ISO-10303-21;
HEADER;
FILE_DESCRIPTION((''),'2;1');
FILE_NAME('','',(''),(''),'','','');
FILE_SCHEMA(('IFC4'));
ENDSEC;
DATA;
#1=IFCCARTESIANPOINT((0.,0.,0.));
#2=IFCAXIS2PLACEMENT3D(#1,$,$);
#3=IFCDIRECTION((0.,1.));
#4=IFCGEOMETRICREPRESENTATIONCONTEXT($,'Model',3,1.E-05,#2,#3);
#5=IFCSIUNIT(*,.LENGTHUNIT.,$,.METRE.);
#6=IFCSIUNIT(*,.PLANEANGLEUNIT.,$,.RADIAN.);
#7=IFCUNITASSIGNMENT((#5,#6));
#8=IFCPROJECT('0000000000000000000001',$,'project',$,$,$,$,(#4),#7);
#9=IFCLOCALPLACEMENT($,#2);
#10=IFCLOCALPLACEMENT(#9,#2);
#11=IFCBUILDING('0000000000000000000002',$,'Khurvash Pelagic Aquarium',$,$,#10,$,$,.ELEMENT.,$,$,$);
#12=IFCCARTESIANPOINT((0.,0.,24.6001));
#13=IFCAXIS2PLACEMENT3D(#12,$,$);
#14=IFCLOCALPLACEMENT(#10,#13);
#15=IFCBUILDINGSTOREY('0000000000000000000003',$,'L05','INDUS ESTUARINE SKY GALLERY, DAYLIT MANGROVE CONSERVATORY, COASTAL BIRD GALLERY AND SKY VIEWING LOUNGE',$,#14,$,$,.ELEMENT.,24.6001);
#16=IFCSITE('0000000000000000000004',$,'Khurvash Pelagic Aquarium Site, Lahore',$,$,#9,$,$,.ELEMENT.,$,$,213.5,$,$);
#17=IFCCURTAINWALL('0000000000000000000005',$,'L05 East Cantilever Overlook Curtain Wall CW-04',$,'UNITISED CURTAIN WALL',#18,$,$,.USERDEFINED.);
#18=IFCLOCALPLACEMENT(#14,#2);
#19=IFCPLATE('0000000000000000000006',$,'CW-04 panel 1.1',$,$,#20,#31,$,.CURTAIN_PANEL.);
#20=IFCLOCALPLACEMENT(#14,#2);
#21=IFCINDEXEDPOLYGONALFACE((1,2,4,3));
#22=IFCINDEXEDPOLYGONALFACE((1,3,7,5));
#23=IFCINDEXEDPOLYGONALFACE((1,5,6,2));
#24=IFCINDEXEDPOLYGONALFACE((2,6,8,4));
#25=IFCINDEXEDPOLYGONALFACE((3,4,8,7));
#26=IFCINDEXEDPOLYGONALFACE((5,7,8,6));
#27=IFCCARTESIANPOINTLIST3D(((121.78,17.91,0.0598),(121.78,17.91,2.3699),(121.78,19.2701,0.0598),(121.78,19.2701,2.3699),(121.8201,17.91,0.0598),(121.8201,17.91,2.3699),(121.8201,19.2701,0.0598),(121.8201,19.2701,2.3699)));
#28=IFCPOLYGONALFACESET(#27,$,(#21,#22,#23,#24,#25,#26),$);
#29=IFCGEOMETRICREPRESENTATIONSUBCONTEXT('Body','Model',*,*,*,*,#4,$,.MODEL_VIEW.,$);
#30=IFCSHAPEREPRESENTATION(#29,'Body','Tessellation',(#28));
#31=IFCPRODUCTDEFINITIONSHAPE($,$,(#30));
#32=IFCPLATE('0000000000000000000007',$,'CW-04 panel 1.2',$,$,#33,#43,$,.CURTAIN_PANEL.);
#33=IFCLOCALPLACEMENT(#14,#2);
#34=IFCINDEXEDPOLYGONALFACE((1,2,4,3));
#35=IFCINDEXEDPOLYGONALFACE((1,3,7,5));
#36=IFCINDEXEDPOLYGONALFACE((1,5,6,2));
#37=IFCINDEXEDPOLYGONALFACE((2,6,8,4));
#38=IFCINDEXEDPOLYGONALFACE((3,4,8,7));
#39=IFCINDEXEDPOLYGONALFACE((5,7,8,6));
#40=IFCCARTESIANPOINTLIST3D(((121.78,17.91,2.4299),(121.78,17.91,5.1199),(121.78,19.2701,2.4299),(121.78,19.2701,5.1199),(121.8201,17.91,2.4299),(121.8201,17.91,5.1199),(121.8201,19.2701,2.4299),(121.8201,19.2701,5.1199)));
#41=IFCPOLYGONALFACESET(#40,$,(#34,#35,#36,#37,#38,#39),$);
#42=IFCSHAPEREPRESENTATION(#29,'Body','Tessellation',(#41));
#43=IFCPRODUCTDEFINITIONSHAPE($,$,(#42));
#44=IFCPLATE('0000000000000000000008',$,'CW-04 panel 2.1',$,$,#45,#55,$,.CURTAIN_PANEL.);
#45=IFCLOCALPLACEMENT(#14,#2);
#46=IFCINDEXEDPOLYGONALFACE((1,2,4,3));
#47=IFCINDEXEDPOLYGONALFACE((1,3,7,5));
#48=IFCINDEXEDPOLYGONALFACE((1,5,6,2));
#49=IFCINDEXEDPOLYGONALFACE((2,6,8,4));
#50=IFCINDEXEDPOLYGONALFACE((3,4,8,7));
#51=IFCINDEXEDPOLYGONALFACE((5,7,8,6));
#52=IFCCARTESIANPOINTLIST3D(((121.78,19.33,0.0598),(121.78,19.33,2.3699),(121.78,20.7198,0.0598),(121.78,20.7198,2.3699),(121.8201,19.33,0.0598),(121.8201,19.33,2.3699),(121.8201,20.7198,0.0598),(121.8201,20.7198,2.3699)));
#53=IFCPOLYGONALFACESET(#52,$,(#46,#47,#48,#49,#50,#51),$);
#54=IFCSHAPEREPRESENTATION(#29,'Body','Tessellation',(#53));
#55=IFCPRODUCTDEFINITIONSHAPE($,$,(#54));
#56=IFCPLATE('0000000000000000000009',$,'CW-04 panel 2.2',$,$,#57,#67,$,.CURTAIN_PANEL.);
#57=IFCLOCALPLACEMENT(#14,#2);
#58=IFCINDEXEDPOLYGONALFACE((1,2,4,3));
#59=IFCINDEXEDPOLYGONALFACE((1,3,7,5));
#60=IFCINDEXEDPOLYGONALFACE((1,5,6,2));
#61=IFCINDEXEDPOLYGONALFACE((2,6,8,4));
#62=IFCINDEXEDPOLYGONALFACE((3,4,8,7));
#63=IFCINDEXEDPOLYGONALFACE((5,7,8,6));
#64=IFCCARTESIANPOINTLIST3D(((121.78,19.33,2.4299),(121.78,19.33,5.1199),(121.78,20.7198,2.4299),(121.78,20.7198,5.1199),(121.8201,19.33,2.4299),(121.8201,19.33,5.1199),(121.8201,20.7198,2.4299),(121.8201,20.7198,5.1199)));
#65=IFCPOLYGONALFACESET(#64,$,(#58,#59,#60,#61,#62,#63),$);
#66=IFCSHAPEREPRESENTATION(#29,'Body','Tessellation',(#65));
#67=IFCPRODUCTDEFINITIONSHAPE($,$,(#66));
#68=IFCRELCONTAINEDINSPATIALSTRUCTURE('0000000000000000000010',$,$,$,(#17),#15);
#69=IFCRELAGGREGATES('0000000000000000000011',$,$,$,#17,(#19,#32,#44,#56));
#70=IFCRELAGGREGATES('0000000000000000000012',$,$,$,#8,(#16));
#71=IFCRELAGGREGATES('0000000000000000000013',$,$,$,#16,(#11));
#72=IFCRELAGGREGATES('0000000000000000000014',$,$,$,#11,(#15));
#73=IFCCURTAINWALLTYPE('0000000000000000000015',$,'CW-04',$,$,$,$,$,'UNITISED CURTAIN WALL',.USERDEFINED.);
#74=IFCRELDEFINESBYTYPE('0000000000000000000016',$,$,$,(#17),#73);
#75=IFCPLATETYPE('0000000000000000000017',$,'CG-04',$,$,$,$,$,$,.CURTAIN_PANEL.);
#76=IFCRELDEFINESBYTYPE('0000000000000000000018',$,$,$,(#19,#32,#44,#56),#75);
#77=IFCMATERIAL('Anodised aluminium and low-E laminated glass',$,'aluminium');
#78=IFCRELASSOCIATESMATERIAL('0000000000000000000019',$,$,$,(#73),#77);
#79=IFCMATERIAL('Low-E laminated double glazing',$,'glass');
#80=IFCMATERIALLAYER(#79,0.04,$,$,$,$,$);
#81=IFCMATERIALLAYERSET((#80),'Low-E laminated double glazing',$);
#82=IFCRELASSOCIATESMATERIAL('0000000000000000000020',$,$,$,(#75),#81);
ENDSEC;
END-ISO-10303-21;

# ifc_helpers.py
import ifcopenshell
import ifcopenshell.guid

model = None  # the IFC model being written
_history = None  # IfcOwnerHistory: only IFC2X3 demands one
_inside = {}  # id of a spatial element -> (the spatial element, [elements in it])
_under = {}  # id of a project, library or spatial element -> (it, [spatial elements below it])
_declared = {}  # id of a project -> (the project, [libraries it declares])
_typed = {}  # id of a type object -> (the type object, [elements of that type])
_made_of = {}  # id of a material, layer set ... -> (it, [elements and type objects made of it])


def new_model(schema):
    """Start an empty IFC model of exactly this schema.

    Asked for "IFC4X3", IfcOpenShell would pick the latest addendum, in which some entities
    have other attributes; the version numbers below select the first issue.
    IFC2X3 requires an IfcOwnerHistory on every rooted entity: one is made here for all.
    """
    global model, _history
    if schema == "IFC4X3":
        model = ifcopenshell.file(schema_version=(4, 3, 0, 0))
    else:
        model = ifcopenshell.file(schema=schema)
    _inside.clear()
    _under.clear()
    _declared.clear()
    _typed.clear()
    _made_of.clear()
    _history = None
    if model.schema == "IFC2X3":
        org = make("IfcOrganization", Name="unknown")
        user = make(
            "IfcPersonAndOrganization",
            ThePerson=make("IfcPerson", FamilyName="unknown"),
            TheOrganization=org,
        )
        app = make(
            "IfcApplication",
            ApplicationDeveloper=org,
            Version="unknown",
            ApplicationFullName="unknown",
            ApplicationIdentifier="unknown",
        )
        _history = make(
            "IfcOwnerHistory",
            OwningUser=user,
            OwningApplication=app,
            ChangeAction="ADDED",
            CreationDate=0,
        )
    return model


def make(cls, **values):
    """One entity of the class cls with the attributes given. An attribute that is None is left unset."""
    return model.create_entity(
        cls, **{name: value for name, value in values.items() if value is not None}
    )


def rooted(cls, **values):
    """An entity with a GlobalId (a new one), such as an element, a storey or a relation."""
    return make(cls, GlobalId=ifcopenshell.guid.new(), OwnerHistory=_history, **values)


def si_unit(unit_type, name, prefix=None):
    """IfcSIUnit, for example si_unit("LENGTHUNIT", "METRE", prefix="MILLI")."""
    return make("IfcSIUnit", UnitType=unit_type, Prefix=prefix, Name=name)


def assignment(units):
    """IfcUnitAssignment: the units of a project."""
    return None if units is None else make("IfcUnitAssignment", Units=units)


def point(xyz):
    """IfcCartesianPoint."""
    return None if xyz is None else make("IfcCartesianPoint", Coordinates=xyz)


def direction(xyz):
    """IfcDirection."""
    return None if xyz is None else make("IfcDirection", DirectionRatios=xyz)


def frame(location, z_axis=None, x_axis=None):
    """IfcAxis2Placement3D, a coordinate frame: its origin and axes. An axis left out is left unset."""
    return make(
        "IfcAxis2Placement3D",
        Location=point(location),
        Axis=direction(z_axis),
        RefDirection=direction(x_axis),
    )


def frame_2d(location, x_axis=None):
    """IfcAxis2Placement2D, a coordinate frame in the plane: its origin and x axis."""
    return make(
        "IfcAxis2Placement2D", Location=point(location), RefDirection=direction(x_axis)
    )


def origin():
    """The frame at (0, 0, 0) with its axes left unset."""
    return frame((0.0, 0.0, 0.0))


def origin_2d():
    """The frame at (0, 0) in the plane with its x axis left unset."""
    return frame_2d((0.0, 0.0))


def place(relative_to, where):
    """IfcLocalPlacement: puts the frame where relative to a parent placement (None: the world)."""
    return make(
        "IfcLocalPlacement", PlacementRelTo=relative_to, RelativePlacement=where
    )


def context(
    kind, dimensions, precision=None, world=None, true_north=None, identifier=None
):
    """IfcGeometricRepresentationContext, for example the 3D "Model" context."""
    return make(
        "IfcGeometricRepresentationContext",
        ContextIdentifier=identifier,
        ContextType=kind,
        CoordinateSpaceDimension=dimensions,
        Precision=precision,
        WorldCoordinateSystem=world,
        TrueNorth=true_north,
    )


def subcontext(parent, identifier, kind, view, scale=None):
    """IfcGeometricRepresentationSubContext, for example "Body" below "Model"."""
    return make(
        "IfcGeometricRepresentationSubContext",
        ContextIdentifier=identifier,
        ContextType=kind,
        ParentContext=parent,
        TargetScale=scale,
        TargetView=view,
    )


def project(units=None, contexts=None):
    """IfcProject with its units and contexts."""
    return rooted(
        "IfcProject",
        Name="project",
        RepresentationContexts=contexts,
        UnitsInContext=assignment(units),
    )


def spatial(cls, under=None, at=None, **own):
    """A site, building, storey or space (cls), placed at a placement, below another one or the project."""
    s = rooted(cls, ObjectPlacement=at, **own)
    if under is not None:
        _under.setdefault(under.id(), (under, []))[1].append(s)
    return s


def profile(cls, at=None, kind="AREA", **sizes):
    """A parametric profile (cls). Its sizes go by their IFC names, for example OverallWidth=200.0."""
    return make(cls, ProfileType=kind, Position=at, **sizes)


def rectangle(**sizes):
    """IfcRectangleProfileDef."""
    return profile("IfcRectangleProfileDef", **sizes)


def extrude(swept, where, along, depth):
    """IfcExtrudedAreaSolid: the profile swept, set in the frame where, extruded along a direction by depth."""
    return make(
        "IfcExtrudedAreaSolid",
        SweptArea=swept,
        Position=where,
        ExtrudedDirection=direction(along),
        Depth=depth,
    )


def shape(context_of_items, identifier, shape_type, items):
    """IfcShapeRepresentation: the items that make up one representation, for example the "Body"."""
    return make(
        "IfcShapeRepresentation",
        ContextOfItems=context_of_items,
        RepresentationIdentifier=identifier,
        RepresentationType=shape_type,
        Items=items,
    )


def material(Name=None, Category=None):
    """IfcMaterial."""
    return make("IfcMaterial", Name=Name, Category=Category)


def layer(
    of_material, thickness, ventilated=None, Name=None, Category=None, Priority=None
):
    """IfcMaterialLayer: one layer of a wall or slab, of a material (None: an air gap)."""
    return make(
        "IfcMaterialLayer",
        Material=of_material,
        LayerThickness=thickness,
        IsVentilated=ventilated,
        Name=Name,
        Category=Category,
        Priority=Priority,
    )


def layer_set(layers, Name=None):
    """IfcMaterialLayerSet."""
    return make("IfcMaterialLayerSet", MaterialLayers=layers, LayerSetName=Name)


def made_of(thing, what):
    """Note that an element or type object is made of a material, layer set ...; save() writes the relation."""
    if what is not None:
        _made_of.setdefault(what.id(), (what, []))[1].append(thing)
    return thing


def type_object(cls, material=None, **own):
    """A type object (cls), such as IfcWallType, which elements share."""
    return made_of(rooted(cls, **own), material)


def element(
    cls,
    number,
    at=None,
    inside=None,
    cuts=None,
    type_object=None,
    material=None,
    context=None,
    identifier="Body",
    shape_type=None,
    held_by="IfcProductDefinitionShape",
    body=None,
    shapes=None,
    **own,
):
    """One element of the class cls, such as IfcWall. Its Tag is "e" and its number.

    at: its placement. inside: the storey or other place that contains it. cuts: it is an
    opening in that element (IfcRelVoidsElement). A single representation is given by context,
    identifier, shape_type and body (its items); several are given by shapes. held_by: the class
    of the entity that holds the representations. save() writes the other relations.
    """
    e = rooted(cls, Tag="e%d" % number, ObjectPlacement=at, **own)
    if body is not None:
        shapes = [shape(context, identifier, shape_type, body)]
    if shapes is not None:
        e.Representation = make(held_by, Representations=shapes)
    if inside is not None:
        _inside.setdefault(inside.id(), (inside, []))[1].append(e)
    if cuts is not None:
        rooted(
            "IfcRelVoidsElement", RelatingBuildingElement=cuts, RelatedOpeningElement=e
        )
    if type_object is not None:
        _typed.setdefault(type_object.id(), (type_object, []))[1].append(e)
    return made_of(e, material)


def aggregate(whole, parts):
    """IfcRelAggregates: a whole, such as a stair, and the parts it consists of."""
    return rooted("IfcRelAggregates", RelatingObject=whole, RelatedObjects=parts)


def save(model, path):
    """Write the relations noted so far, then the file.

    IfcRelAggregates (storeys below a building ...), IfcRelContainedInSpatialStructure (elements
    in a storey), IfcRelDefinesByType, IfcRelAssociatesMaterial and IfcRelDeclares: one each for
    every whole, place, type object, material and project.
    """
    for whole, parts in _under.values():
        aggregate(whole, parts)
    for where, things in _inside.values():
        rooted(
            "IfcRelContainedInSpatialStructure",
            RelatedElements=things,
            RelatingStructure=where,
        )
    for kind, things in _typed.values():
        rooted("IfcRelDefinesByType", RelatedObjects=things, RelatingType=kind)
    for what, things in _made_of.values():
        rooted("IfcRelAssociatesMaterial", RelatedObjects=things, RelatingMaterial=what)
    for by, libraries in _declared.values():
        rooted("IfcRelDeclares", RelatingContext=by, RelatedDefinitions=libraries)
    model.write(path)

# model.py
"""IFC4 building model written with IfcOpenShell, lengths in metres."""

from ifc_helpers import new_model, si_unit, direction, frame, origin, origin_2d, place, context, subcontext, project, spatial, rectangle, extrude, material, layer, layer_set, type_object, element, aggregate, save


model = new_model("IFC4")

# Units and contexts
model_context = context("Model", 3, precision=1e-05, world=origin(), true_north=direction((0.0, 1.0)))
body_context = subcontext(model_context, "Body", "Model", "MODEL_VIEW")
ifc_project = project(units=[si_unit("LENGTHUNIT", "METRE"), si_unit("PLANEANGLEUNIT", "RADIAN")], contexts=[model_context])

# Site, building, storey
site_placement = place(None, origin())
site = spatial("IfcSite", under=ifc_project, at=site_placement, Name="Khurvash Pelagic Aquarium Site, Lahore", CompositionType="ELEMENT", RefElevation=213.5)
building_placement = place(site_placement, origin())
building = spatial("IfcBuilding", under=site, at=building_placement, Name="Khurvash Pelagic Aquarium", CompositionType="ELEMENT")
storey_placement = place(building_placement, frame((0.0, 0.0, 24.6001)))
storey = spatial("IfcBuildingStorey", under=building, at=storey_placement, Name="L05", Description="INDUS ESTUARINE SKY GALLERY, DAYLIT MANGROVE CONSERVATORY, COASTAL BIRD GALLERY AND SKY VIEWING LOUNGE", CompositionType="ELEMENT", Elevation=24.6001)

# Curtain wall
ifc_material_1 = material(Name="Anodised aluminium and low-E laminated glass", Category="aluminium")
curtain_wall_type = type_object("IfcCurtainWallType", Name="CW-04", ElementType="UNITISED CURTAIN WALL", PredefinedType="USERDEFINED", material=ifc_material_1)
curtain_wall_1_placement = place(storey_placement, origin())
curtain_wall_1 = element("IfcCurtainWall", 1, at=curtain_wall_1_placement, inside=storey, type_object=curtain_wall_type, Name="L05 East Cantilever Overlook Curtain Wall CW-04", ObjectType="UNITISED CURTAIN WALL", PredefinedType="USERDEFINED")

# Plates
ifc_material_2 = material(Name="Low-E laminated double glazing", Category="glass")
ifc_layer = layer(ifc_material_2, 0.04)
ifc_layer_set = layer_set([ifc_layer], Name="Low-E laminated double glazing")
plate_type = type_object("IfcPlateType", Name="CG-04", PredefinedType="CURTAIN_PANEL", material=ifc_layer_set)
plate_1_placement = place(storey_placement, frame((121.8, 18.5901, 0.0598), z_axis=(0.0, 0.0, 1.0), x_axis=(0.0, 1.0, 0.0)))
plate_1 = element("IfcPlate", 2, at=plate_1_placement, type_object=plate_type, Name="CW-04 panel 1.1", PredefinedType="CURTAIN_PANEL", context=body_context, shape_type="SweptSolid", body=[
    extrude(rectangle(XDim=1.3601, YDim=0.04, at=origin_2d()), origin(), (0.0, 0.0, 1.0), 2.3101),
])
plate_2_placement = place(storey_placement, frame((121.8, 18.5901, 2.4299), z_axis=(0.0, 0.0, 1.0), x_axis=(0.0, 1.0, 0.0)))
plate_2 = element("IfcPlate", 3, at=plate_2_placement, type_object=plate_type, Name="CW-04 panel 1.2", PredefinedType="CURTAIN_PANEL", context=body_context, shape_type="SweptSolid", body=[
    extrude(rectangle(XDim=1.3601, YDim=0.04, at=origin_2d()), origin(), (0.0, 0.0, 1.0), 2.6899),
])
plate_3_placement = place(storey_placement, frame((121.8, 20.0249, 0.0598), z_axis=(0.0, 0.0, 1.0), x_axis=(0.0, 1.0, 0.0)))
plate_3 = element("IfcPlate", 4, at=plate_3_placement, type_object=plate_type, Name="CW-04 panel 2.1", PredefinedType="CURTAIN_PANEL", context=body_context, shape_type="SweptSolid", body=[
    extrude(rectangle(XDim=1.3899, YDim=0.04, at=origin_2d()), origin(), (0.0, 0.0, 1.0), 2.3101),
])
plate_4_placement = place(storey_placement, frame((121.8, 20.0249, 2.4299), z_axis=(0.0, 0.0, 1.0), x_axis=(0.0, 1.0, 0.0)))
plate_4 = element("IfcPlate", 5, at=plate_4_placement, type_object=plate_type, Name="CW-04 panel 2.2", PredefinedType="CURTAIN_PANEL", context=body_context, shape_type="SweptSolid", body=[
    extrude(rectangle(XDim=1.3899, YDim=0.04, at=origin_2d()), origin(), (0.0, 0.0, 1.0), 2.6899),
])
aggregate(curtain_wall_1, [plate_1, plate_2, plate_3, plate_4])

save(model, "model.ifc")
